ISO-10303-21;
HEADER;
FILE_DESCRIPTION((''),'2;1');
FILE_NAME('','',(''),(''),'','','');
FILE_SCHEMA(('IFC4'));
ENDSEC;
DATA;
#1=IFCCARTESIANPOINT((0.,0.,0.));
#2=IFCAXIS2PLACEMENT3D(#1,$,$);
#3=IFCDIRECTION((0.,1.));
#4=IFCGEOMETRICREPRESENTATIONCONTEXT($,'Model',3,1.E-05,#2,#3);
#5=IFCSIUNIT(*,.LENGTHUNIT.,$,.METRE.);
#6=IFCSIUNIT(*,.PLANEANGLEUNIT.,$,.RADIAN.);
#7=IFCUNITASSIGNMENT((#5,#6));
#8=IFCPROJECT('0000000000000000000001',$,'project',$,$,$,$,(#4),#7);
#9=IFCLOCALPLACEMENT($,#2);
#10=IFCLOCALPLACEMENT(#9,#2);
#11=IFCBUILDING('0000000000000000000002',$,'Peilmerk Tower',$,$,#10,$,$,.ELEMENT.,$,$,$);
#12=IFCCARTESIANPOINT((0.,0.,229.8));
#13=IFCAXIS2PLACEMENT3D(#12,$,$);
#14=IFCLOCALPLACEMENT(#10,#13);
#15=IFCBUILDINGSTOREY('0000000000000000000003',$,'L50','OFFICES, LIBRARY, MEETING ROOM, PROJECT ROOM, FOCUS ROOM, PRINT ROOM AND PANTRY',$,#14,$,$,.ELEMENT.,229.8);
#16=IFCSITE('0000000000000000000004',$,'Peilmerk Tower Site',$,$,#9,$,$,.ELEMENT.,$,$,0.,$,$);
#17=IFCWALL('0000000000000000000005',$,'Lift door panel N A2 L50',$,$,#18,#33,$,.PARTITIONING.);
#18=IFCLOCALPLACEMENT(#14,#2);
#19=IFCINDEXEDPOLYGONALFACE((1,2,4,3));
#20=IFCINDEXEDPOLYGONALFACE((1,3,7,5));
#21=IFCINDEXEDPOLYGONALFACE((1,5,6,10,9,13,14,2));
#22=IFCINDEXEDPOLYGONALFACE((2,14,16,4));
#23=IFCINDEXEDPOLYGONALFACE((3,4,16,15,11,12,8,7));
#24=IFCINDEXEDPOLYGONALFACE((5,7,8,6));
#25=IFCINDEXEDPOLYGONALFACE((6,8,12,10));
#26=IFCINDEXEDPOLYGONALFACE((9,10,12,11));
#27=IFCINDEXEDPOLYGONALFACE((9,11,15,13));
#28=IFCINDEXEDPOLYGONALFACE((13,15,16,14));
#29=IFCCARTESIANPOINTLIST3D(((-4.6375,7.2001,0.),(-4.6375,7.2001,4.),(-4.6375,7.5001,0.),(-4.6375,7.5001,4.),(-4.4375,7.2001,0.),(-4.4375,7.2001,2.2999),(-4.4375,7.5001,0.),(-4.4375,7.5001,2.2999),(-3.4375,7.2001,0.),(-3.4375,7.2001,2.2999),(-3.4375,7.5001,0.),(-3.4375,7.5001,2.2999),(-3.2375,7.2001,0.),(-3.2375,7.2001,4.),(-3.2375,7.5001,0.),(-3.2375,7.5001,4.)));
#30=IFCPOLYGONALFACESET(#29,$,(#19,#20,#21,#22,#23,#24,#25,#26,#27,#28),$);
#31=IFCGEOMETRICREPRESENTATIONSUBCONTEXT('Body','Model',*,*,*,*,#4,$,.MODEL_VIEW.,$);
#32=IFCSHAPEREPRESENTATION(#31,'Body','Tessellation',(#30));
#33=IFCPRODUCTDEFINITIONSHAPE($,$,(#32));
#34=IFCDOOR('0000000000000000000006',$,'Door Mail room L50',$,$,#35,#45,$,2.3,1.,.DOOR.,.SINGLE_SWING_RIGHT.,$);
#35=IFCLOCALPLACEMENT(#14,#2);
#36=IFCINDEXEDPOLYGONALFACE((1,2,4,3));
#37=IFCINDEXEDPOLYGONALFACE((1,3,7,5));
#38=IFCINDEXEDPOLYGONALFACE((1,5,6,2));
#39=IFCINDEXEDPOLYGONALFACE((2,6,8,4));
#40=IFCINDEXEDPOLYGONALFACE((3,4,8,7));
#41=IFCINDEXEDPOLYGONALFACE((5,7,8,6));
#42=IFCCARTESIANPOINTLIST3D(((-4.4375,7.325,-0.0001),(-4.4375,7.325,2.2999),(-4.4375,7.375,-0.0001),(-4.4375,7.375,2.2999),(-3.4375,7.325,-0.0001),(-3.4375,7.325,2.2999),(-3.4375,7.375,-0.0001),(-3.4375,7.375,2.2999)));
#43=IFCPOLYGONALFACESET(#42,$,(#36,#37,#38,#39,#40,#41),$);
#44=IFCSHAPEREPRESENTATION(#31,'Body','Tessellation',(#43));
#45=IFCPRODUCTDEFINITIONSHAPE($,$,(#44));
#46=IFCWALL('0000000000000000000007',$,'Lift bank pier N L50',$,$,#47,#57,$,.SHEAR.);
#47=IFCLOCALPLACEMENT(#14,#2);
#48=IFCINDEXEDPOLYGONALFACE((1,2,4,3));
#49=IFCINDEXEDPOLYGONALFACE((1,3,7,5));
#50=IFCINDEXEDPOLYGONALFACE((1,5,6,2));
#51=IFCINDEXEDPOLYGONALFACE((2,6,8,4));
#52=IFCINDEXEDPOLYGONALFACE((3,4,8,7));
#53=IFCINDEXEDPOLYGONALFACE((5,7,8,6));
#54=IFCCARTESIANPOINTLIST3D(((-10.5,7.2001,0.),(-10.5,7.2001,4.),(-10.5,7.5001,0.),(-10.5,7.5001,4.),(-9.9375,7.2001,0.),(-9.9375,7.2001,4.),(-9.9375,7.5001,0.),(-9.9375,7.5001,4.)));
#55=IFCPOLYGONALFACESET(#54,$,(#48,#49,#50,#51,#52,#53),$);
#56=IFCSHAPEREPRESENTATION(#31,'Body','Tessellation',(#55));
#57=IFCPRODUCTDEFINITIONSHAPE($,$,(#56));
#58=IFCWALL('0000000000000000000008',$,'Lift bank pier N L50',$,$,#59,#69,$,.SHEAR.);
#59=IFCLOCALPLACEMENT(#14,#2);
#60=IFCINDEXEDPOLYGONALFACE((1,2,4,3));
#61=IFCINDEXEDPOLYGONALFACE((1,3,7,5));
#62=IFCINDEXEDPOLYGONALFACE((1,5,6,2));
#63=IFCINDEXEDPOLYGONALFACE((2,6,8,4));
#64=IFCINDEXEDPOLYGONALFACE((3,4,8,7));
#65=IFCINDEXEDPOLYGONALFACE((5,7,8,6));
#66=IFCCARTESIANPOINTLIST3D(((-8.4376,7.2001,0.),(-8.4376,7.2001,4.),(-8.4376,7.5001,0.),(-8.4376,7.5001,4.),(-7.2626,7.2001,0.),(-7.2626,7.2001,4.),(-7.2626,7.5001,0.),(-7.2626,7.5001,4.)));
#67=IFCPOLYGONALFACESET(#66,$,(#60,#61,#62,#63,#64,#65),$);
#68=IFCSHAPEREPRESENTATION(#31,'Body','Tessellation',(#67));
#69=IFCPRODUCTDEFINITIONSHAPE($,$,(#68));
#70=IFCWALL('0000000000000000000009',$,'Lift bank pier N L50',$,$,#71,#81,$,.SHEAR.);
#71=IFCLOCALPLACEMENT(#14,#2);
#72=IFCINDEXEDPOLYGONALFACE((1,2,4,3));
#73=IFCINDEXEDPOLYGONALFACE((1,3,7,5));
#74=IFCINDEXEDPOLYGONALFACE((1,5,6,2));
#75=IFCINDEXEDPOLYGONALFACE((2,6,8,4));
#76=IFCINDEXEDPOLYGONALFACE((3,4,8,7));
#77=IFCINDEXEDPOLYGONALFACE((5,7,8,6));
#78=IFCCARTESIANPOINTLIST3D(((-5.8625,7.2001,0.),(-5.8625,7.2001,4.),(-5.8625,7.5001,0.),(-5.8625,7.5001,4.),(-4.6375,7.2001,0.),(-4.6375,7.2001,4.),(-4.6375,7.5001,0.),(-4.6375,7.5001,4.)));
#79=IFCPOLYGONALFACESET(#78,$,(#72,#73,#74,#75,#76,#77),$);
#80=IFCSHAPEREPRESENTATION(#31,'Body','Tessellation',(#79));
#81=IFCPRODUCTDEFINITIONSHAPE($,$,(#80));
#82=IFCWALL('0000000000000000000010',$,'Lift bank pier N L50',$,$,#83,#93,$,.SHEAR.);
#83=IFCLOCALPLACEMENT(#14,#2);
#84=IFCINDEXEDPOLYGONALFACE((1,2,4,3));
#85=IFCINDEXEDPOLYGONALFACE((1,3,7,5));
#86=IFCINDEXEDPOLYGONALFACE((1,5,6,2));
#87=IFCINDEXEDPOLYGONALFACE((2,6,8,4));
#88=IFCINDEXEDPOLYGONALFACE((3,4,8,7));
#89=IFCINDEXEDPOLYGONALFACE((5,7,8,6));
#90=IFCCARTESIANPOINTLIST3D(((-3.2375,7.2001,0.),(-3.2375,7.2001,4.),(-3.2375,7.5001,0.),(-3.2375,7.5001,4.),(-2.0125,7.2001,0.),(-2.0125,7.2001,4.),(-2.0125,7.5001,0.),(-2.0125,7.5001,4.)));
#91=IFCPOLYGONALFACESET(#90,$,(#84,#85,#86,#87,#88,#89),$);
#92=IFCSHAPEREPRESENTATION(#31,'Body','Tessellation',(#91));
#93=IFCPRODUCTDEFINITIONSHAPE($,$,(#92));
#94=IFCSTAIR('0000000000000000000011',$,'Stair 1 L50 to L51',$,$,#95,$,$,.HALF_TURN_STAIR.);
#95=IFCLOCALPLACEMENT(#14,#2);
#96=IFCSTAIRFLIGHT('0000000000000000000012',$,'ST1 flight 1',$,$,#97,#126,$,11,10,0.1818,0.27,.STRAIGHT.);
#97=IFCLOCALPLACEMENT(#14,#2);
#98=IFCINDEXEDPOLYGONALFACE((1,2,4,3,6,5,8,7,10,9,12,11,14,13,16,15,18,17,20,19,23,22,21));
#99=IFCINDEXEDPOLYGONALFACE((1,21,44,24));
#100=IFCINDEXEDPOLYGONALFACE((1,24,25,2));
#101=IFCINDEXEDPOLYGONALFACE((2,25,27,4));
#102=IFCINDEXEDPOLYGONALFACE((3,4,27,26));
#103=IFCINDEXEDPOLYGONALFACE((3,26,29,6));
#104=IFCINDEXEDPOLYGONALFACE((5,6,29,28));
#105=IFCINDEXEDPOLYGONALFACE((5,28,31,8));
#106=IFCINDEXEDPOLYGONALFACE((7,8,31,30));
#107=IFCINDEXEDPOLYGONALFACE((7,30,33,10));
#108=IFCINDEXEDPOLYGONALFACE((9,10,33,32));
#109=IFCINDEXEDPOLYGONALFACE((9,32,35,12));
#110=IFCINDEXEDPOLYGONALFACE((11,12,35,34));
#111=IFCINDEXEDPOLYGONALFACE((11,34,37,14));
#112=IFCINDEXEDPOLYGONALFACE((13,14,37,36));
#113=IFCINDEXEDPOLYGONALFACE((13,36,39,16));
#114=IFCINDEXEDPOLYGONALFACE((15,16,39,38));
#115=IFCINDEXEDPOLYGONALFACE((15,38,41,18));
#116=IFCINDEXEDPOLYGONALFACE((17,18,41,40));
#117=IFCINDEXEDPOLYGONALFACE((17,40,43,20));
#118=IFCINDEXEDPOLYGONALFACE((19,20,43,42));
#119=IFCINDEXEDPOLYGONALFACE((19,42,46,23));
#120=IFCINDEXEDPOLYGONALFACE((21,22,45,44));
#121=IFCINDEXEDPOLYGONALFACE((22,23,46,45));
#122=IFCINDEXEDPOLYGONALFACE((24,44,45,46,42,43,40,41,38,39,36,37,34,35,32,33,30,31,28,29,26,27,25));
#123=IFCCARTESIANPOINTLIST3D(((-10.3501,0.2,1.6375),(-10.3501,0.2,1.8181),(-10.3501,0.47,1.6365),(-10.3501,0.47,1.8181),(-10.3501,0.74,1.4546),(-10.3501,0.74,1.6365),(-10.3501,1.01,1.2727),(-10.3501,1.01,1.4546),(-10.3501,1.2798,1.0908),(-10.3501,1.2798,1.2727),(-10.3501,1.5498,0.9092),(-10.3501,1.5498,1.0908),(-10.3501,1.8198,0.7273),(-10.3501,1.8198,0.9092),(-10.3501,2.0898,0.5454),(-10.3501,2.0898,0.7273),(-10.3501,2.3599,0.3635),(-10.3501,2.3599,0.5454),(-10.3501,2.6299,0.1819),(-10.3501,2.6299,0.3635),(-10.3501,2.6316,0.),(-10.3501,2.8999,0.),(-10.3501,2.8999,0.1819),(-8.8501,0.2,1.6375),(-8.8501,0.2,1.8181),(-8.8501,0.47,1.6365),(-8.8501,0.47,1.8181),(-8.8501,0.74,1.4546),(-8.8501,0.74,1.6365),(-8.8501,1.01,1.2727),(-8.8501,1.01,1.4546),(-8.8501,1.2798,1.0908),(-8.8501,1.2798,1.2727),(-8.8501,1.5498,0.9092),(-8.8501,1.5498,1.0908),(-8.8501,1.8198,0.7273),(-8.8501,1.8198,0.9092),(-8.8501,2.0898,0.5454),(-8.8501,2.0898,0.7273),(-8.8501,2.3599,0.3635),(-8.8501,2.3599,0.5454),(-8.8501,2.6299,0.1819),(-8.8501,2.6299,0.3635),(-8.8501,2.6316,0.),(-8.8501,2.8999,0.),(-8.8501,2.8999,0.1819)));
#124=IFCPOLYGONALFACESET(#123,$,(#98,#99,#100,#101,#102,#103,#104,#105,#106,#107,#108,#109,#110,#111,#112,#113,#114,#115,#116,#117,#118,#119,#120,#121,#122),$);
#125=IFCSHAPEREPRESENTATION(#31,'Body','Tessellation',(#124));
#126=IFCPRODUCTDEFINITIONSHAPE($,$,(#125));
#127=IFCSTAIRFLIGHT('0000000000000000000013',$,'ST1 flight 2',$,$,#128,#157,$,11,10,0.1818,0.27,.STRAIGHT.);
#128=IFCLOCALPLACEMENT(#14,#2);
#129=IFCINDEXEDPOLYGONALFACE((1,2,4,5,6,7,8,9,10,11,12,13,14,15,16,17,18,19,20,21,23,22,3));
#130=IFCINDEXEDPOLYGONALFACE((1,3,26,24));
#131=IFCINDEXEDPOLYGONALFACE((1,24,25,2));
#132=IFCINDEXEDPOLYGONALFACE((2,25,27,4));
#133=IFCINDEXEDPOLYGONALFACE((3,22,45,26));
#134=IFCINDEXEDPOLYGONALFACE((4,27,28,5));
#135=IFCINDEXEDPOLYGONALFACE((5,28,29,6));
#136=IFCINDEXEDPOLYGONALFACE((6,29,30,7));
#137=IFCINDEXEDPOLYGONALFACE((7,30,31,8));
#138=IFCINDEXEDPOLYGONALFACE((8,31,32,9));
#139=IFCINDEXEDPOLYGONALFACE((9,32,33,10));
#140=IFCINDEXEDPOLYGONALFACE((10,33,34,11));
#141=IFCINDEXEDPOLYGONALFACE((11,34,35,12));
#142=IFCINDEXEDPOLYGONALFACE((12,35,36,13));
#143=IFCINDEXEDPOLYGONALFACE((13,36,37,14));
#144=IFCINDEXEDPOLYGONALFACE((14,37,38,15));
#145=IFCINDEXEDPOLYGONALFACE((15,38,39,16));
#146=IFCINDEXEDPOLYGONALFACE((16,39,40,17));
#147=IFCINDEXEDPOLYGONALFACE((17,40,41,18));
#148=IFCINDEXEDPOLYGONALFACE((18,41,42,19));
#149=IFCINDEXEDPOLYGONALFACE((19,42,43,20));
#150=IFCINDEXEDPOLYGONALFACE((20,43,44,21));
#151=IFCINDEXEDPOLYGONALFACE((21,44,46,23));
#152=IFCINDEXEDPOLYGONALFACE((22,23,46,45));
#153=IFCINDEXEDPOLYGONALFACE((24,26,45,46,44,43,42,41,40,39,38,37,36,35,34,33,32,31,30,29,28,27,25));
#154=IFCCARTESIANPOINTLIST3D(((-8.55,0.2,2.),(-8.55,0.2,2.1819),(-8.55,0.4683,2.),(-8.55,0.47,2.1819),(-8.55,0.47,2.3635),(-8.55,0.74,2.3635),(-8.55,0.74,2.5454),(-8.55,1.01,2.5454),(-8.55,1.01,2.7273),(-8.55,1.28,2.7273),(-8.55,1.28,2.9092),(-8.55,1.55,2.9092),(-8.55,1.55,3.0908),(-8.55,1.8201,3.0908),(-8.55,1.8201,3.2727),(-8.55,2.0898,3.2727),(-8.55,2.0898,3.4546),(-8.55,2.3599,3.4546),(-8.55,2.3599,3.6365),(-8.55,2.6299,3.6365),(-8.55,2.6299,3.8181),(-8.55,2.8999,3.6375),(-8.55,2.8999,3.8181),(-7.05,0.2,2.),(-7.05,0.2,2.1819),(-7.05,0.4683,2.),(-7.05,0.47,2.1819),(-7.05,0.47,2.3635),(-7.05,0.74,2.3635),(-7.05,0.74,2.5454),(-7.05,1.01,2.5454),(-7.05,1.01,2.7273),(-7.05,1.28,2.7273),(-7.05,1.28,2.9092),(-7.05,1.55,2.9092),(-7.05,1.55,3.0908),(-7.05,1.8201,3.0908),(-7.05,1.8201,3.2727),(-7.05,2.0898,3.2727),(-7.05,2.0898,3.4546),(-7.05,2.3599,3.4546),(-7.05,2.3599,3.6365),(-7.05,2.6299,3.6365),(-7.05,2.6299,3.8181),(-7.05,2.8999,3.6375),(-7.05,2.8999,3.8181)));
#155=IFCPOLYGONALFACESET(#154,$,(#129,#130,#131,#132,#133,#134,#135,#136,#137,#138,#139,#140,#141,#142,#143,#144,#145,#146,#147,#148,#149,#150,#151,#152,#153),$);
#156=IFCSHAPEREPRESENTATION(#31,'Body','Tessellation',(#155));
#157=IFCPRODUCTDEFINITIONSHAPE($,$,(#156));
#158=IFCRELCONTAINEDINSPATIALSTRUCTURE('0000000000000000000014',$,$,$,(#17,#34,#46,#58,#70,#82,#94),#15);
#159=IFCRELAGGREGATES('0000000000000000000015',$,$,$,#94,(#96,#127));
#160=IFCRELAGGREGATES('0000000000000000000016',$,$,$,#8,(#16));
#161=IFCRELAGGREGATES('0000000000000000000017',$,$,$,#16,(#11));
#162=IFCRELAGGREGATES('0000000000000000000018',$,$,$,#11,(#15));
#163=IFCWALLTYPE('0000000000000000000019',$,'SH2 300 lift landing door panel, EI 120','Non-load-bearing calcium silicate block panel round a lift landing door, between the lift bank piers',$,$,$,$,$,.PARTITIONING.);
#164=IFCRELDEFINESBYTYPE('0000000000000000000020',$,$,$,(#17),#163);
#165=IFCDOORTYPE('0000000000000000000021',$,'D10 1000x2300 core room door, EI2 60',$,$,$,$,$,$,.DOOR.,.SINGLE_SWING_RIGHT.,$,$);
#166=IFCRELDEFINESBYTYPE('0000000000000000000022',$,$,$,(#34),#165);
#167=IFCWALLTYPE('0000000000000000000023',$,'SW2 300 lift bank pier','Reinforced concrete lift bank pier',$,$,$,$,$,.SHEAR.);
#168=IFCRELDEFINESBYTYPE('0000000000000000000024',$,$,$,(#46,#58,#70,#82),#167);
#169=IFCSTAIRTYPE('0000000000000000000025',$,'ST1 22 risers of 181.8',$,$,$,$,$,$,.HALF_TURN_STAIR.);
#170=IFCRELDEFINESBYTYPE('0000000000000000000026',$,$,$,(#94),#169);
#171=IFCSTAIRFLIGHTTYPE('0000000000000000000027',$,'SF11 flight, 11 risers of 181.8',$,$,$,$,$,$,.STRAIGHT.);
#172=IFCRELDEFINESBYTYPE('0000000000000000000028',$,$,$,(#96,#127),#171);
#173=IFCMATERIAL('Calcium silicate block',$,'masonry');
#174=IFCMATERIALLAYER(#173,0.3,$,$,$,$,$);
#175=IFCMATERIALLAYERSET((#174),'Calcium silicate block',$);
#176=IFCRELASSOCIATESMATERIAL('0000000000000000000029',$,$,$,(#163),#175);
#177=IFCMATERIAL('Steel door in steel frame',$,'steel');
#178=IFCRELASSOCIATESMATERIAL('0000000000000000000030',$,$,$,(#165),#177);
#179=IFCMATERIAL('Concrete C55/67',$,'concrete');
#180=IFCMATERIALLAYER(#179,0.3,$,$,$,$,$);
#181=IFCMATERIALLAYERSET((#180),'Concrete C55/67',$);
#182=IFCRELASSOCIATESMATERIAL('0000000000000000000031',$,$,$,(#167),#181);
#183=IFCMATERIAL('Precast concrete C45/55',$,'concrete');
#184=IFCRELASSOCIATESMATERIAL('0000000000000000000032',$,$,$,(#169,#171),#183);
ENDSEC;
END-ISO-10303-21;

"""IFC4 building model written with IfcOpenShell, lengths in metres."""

from ifc_helpers import new_model, si_unit, direction, frame, frame_2d, origin, place, context, subcontext, project, spatial, polyline, rectangle, outline, extrude, material, layer, layer_set, type_object, element, fill, aggregate, save


model = new_model("IFC4")

# Units and contexts
model_context = context("Model", 3, precision=1e-05, world=origin(), true_north=direction((0.0, 1.0)))
body_context = subcontext(model_context, "Body", "Model", "MODEL_VIEW")
ifc_project = project(units=[si_unit("LENGTHUNIT", "METRE"), si_unit("PLANEANGLEUNIT", "RADIAN")], contexts=[model_context])

# Site, building, storey
site_placement = place(None, origin())
site = spatial("IfcSite", under=ifc_project, at=site_placement, Name="Peilmerk Tower Site", CompositionType="ELEMENT", RefElevation=0.0)
building_placement = place(site_placement, origin())
building = spatial("IfcBuilding", under=site, at=building_placement, Name="Peilmerk Tower", CompositionType="ELEMENT")
storey_placement = place(building_placement, frame((0.0, 0.0, 229.8)))
storey = spatial("IfcBuildingStorey", under=building, at=storey_placement, Name="L50", Description="OFFICES, LIBRARY, MEETING ROOM, PROJECT ROOM, FOCUS ROOM, PRINT ROOM AND PANTRY", CompositionType="ELEMENT", Elevation=229.8)

# Shared definitions
ifc_material_1 = material(Name="Concrete C55/67", Category="concrete")

# Shared definitions
ifc_material_2 = material(Name="Steel door in steel frame", Category="steel")

# Shared definitions
ifc_material_3 = material(Name="Calcium silicate block", Category="masonry")
ifc_layer_1 = layer(ifc_material_3, 0.3)
ifc_layer_set_1 = layer_set([ifc_layer_1], Name="Calcium silicate block")
wall_type_1 = type_object("IfcWallType", Name="SH2 300 lift landing door panel, EI 120", Description="Non-load-bearing calcium silicate block panel round a lift landing door, between the lift bank piers", PredefinedType="PARTITIONING", material=ifc_layer_set_1)

# Wall, opening, door
wall_1_placement = place(storey_placement, frame((-4.6375, 7.3501, 0.0), z_axis=(0.0, 0.0, 1.0), x_axis=(1.0, 0.0, 0.0)))
wall_1 = element("IfcWall", 1, at=wall_1_placement, inside=storey, type_object=wall_type_1, Name="Lift door panel N A2 L50", PredefinedType="PARTITIONING", context=body_context, shape_type="SweptSolid", body=[
    extrude(rectangle(XDim=1.3999, YDim=0.3, at=frame_2d((0.7, 0.0))), origin(), (0.0, 0.0, 1.0), 4.0),
])
opening_1_placement = place(wall_1_placement, frame((0.2, 0.0, 0.0)))
opening_1 = element("IfcOpeningElement", 2, at=opening_1_placement, cuts=wall_1, PredefinedType="OPENING", context=body_context, shape_type="SweptSolid", body=[
    extrude(rectangle(XDim=1.0, YDim=2.3, at=frame_2d((0.5, 1.1499))), frame((0.0, 0.1599, 0.0), z_axis=(0.0, -1.0, 0.0), x_axis=(1.0, 0.0, 0.0)), (0.0, 0.0, 1.0), 0.3201),
])
door_type_1 = type_object("IfcDoorType", Name="D10 1000x2300 core room door, EI2 60", OperationType="SINGLE_SWING_RIGHT", PredefinedType="DOOR", material=ifc_material_2)
door_1_placement = place(opening_1_placement, origin())
door_1 = element("IfcDoor", 3, at=door_1_placement, inside=storey, type_object=door_type_1, Name="Door Mail room L50", OperationType="SINGLE_SWING_RIGHT", OverallHeight=2.3, OverallWidth=1.0, PredefinedType="DOOR", context=body_context, shape_type="SweptSolid", body=[
    extrude(rectangle(XDim=1.0, YDim=2.3, at=frame_2d((0.5, 1.1499))), frame((0.0, 0.0249, 0.0), z_axis=(0.0, -1.0, 0.0), x_axis=(1.0, 0.0, 0.0)), (0.0, 0.0, 1.0), 0.05),
])
fill(opening_1, door_1)

# Walls
ifc_layer_2 = layer(ifc_material_1, 0.3)
ifc_layer_set_2 = layer_set([ifc_layer_2], Name="Concrete C55/67")
wall_type_2 = type_object("IfcWallType", Name="SW2 300 lift bank pier", Description="Reinforced concrete lift bank pier", PredefinedType="SHEAR", material=ifc_layer_set_2)
wall_2_placement = place(storey_placement, frame((-10.5, 7.3501, 0.0), z_axis=(0.0, 0.0, 1.0), x_axis=(1.0, 0.0, 0.0)))
element("IfcWall", 4, at=wall_2_placement, inside=storey, type_object=wall_type_2, Name="Lift bank pier N L50", PredefinedType="SHEAR", context=body_context, shape_type="SweptSolid", body=[
    extrude(rectangle(XDim=0.5625, YDim=0.3, at=frame_2d((0.2812, 0.0))), origin(), (0.0, 0.0, 1.0), 4.0),
])
wall_3_placement = place(storey_placement, frame((-8.4375, 7.3501, 0.0), z_axis=(0.0, 0.0, 1.0), x_axis=(1.0, 0.0, 0.0)))
element("IfcWall", 5, at=wall_3_placement, inside=storey, type_object=wall_type_2, Name="Lift bank pier N L50", PredefinedType="SHEAR", context=body_context, shape_type="SweptSolid", body=[
    extrude(rectangle(XDim=1.175, YDim=0.3, at=frame_2d((0.5874, 0.0))), origin(), (0.0, 0.0, 1.0), 4.0),
])
for number, where, z_axis, x_axis, name in (
    (6, (-5.8625, 7.3501, 0.0), (0.0, 0.0, 1.0), (1.0, 0.0, 0.0), "Lift bank pier N L50"),
    (7, (-3.2375, 7.3501, 0.0), (0.0, 0.0, 1.0), (1.0, 0.0, 0.0), "Lift bank pier N L50"),
):
    element("IfcWall", number, at=place(storey_placement, frame(where, z_axis=z_axis, x_axis=x_axis)), inside=storey, type_object=wall_type_2, Name=name, PredefinedType="SHEAR", context=body_context, shape_type="SweptSolid", body=[
        extrude(rectangle(XDim=1.2251, YDim=0.3, at=frame_2d((0.6125, 0.0))), origin(), (0.0, 0.0, 1.0), 4.0),
    ])

# Stair, stair flights
ifc_material_4 = material(Name="Precast concrete C45/55", Category="concrete")
stair_type = type_object("IfcStairType", Name="ST1 22 risers of 181.8", PredefinedType="HALF_TURN_STAIR", material=ifc_material_4)
stair_placement = place(storey_placement, origin())
stair = element("IfcStair", 8, at=stair_placement, inside=storey, type_object=stair_type, Name="Stair 1 L50 to L51", PredefinedType="HALF_TURN_STAIR")
stair_flight_type = type_object("IfcStairFlightType", Name="SF11 flight, 11 risers of 181.8", PredefinedType="STRAIGHT", material=ifc_material_4)
stair_flight_1_placement = place(storey_placement, frame((-9.6001, 2.8999, 0.0), z_axis=(0.0, 0.0, 1.0), x_axis=(0.0, -1.0, 0.0)))
stair_flight_1 = element("IfcStairFlight", 9, at=stair_flight_1_placement, type_object=stair_flight_type, Name="ST1 flight 1", NumberOfRisers=11, NumberOfTreads=10, PredefinedType="STRAIGHT", RiserHeight=0.1818, TreadLength=0.27, context=body_context, shape_type="SweptSolid", body=[
    extrude(outline(polyline([(0.0, 0.0), (0.0, 0.1819), (0.27, 0.1819), (0.27, 0.3635), (0.54, 0.3635), (0.54, 0.5454), (0.8101, 0.5454), (0.8101, 0.7273), (1.0801, 0.7273), (1.0801, 0.9092), (1.3501, 0.9092), (1.3501, 1.0908), (1.6201, 1.0908), (1.6201, 1.2727), (1.8899, 1.2727), (1.8899, 1.4546), (2.1599, 1.4546), (2.1599, 1.6365), (2.4299, 1.6365), (2.4299, 1.8181), (2.7, 1.8181), (2.7, 2.0), (2.7, 1.6375), (0.2683, 0.0), (0.0, 0.0)])), frame((0.0, 0.75, 0.0), z_axis=(0.0, -1.0, 0.0), x_axis=(1.0, 0.0, 0.0)), (0.0, 0.0, 1.0), 1.5),
])
stair_flight_2_placement = place(storey_placement, frame((-7.8, 0.2, 2.0), z_axis=(0.0, 0.0, 1.0), x_axis=(0.0, 1.0, 0.0)))
stair_flight_2 = element("IfcStairFlight", 10, at=stair_flight_2_placement, type_object=stair_flight_type, Name="ST1 flight 2", NumberOfRisers=11, NumberOfTreads=10, PredefinedType="STRAIGHT", RiserHeight=0.1818, TreadLength=0.27, context=body_context, shape_type="SweptSolid", body=[
    extrude(outline(polyline([(0.0, 0.0), (0.0, 0.1819), (0.27, 0.1819), (0.27, 0.3635), (0.54, 0.3635), (0.54, 0.5454), (0.8101, 0.5454), (0.8101, 0.7273), (1.0801, 0.7273), (1.0801, 0.9092), (1.3501, 0.9092), (1.3501, 1.0908), (1.6201, 1.0908), (1.6201, 1.2727), (1.8899, 1.2727), (1.8899, 1.4546), (2.1599, 1.4546), (2.1599, 1.6365), (2.4299, 1.6365), (2.4299, 1.8181), (2.7, 1.8181), (2.7, 2.0), (2.7, 1.6375), (0.2683, 0.0), (0.0, 0.0)])), frame((0.0, 0.75, 0.0), z_axis=(0.0, -1.0, 0.0), x_axis=(1.0, 0.0, 0.0)), (0.0, 0.0, 1.0), 1.5),
])
aggregate(stair, [stair_flight_1, stair_flight_2])

save(model, "model.ifc")
